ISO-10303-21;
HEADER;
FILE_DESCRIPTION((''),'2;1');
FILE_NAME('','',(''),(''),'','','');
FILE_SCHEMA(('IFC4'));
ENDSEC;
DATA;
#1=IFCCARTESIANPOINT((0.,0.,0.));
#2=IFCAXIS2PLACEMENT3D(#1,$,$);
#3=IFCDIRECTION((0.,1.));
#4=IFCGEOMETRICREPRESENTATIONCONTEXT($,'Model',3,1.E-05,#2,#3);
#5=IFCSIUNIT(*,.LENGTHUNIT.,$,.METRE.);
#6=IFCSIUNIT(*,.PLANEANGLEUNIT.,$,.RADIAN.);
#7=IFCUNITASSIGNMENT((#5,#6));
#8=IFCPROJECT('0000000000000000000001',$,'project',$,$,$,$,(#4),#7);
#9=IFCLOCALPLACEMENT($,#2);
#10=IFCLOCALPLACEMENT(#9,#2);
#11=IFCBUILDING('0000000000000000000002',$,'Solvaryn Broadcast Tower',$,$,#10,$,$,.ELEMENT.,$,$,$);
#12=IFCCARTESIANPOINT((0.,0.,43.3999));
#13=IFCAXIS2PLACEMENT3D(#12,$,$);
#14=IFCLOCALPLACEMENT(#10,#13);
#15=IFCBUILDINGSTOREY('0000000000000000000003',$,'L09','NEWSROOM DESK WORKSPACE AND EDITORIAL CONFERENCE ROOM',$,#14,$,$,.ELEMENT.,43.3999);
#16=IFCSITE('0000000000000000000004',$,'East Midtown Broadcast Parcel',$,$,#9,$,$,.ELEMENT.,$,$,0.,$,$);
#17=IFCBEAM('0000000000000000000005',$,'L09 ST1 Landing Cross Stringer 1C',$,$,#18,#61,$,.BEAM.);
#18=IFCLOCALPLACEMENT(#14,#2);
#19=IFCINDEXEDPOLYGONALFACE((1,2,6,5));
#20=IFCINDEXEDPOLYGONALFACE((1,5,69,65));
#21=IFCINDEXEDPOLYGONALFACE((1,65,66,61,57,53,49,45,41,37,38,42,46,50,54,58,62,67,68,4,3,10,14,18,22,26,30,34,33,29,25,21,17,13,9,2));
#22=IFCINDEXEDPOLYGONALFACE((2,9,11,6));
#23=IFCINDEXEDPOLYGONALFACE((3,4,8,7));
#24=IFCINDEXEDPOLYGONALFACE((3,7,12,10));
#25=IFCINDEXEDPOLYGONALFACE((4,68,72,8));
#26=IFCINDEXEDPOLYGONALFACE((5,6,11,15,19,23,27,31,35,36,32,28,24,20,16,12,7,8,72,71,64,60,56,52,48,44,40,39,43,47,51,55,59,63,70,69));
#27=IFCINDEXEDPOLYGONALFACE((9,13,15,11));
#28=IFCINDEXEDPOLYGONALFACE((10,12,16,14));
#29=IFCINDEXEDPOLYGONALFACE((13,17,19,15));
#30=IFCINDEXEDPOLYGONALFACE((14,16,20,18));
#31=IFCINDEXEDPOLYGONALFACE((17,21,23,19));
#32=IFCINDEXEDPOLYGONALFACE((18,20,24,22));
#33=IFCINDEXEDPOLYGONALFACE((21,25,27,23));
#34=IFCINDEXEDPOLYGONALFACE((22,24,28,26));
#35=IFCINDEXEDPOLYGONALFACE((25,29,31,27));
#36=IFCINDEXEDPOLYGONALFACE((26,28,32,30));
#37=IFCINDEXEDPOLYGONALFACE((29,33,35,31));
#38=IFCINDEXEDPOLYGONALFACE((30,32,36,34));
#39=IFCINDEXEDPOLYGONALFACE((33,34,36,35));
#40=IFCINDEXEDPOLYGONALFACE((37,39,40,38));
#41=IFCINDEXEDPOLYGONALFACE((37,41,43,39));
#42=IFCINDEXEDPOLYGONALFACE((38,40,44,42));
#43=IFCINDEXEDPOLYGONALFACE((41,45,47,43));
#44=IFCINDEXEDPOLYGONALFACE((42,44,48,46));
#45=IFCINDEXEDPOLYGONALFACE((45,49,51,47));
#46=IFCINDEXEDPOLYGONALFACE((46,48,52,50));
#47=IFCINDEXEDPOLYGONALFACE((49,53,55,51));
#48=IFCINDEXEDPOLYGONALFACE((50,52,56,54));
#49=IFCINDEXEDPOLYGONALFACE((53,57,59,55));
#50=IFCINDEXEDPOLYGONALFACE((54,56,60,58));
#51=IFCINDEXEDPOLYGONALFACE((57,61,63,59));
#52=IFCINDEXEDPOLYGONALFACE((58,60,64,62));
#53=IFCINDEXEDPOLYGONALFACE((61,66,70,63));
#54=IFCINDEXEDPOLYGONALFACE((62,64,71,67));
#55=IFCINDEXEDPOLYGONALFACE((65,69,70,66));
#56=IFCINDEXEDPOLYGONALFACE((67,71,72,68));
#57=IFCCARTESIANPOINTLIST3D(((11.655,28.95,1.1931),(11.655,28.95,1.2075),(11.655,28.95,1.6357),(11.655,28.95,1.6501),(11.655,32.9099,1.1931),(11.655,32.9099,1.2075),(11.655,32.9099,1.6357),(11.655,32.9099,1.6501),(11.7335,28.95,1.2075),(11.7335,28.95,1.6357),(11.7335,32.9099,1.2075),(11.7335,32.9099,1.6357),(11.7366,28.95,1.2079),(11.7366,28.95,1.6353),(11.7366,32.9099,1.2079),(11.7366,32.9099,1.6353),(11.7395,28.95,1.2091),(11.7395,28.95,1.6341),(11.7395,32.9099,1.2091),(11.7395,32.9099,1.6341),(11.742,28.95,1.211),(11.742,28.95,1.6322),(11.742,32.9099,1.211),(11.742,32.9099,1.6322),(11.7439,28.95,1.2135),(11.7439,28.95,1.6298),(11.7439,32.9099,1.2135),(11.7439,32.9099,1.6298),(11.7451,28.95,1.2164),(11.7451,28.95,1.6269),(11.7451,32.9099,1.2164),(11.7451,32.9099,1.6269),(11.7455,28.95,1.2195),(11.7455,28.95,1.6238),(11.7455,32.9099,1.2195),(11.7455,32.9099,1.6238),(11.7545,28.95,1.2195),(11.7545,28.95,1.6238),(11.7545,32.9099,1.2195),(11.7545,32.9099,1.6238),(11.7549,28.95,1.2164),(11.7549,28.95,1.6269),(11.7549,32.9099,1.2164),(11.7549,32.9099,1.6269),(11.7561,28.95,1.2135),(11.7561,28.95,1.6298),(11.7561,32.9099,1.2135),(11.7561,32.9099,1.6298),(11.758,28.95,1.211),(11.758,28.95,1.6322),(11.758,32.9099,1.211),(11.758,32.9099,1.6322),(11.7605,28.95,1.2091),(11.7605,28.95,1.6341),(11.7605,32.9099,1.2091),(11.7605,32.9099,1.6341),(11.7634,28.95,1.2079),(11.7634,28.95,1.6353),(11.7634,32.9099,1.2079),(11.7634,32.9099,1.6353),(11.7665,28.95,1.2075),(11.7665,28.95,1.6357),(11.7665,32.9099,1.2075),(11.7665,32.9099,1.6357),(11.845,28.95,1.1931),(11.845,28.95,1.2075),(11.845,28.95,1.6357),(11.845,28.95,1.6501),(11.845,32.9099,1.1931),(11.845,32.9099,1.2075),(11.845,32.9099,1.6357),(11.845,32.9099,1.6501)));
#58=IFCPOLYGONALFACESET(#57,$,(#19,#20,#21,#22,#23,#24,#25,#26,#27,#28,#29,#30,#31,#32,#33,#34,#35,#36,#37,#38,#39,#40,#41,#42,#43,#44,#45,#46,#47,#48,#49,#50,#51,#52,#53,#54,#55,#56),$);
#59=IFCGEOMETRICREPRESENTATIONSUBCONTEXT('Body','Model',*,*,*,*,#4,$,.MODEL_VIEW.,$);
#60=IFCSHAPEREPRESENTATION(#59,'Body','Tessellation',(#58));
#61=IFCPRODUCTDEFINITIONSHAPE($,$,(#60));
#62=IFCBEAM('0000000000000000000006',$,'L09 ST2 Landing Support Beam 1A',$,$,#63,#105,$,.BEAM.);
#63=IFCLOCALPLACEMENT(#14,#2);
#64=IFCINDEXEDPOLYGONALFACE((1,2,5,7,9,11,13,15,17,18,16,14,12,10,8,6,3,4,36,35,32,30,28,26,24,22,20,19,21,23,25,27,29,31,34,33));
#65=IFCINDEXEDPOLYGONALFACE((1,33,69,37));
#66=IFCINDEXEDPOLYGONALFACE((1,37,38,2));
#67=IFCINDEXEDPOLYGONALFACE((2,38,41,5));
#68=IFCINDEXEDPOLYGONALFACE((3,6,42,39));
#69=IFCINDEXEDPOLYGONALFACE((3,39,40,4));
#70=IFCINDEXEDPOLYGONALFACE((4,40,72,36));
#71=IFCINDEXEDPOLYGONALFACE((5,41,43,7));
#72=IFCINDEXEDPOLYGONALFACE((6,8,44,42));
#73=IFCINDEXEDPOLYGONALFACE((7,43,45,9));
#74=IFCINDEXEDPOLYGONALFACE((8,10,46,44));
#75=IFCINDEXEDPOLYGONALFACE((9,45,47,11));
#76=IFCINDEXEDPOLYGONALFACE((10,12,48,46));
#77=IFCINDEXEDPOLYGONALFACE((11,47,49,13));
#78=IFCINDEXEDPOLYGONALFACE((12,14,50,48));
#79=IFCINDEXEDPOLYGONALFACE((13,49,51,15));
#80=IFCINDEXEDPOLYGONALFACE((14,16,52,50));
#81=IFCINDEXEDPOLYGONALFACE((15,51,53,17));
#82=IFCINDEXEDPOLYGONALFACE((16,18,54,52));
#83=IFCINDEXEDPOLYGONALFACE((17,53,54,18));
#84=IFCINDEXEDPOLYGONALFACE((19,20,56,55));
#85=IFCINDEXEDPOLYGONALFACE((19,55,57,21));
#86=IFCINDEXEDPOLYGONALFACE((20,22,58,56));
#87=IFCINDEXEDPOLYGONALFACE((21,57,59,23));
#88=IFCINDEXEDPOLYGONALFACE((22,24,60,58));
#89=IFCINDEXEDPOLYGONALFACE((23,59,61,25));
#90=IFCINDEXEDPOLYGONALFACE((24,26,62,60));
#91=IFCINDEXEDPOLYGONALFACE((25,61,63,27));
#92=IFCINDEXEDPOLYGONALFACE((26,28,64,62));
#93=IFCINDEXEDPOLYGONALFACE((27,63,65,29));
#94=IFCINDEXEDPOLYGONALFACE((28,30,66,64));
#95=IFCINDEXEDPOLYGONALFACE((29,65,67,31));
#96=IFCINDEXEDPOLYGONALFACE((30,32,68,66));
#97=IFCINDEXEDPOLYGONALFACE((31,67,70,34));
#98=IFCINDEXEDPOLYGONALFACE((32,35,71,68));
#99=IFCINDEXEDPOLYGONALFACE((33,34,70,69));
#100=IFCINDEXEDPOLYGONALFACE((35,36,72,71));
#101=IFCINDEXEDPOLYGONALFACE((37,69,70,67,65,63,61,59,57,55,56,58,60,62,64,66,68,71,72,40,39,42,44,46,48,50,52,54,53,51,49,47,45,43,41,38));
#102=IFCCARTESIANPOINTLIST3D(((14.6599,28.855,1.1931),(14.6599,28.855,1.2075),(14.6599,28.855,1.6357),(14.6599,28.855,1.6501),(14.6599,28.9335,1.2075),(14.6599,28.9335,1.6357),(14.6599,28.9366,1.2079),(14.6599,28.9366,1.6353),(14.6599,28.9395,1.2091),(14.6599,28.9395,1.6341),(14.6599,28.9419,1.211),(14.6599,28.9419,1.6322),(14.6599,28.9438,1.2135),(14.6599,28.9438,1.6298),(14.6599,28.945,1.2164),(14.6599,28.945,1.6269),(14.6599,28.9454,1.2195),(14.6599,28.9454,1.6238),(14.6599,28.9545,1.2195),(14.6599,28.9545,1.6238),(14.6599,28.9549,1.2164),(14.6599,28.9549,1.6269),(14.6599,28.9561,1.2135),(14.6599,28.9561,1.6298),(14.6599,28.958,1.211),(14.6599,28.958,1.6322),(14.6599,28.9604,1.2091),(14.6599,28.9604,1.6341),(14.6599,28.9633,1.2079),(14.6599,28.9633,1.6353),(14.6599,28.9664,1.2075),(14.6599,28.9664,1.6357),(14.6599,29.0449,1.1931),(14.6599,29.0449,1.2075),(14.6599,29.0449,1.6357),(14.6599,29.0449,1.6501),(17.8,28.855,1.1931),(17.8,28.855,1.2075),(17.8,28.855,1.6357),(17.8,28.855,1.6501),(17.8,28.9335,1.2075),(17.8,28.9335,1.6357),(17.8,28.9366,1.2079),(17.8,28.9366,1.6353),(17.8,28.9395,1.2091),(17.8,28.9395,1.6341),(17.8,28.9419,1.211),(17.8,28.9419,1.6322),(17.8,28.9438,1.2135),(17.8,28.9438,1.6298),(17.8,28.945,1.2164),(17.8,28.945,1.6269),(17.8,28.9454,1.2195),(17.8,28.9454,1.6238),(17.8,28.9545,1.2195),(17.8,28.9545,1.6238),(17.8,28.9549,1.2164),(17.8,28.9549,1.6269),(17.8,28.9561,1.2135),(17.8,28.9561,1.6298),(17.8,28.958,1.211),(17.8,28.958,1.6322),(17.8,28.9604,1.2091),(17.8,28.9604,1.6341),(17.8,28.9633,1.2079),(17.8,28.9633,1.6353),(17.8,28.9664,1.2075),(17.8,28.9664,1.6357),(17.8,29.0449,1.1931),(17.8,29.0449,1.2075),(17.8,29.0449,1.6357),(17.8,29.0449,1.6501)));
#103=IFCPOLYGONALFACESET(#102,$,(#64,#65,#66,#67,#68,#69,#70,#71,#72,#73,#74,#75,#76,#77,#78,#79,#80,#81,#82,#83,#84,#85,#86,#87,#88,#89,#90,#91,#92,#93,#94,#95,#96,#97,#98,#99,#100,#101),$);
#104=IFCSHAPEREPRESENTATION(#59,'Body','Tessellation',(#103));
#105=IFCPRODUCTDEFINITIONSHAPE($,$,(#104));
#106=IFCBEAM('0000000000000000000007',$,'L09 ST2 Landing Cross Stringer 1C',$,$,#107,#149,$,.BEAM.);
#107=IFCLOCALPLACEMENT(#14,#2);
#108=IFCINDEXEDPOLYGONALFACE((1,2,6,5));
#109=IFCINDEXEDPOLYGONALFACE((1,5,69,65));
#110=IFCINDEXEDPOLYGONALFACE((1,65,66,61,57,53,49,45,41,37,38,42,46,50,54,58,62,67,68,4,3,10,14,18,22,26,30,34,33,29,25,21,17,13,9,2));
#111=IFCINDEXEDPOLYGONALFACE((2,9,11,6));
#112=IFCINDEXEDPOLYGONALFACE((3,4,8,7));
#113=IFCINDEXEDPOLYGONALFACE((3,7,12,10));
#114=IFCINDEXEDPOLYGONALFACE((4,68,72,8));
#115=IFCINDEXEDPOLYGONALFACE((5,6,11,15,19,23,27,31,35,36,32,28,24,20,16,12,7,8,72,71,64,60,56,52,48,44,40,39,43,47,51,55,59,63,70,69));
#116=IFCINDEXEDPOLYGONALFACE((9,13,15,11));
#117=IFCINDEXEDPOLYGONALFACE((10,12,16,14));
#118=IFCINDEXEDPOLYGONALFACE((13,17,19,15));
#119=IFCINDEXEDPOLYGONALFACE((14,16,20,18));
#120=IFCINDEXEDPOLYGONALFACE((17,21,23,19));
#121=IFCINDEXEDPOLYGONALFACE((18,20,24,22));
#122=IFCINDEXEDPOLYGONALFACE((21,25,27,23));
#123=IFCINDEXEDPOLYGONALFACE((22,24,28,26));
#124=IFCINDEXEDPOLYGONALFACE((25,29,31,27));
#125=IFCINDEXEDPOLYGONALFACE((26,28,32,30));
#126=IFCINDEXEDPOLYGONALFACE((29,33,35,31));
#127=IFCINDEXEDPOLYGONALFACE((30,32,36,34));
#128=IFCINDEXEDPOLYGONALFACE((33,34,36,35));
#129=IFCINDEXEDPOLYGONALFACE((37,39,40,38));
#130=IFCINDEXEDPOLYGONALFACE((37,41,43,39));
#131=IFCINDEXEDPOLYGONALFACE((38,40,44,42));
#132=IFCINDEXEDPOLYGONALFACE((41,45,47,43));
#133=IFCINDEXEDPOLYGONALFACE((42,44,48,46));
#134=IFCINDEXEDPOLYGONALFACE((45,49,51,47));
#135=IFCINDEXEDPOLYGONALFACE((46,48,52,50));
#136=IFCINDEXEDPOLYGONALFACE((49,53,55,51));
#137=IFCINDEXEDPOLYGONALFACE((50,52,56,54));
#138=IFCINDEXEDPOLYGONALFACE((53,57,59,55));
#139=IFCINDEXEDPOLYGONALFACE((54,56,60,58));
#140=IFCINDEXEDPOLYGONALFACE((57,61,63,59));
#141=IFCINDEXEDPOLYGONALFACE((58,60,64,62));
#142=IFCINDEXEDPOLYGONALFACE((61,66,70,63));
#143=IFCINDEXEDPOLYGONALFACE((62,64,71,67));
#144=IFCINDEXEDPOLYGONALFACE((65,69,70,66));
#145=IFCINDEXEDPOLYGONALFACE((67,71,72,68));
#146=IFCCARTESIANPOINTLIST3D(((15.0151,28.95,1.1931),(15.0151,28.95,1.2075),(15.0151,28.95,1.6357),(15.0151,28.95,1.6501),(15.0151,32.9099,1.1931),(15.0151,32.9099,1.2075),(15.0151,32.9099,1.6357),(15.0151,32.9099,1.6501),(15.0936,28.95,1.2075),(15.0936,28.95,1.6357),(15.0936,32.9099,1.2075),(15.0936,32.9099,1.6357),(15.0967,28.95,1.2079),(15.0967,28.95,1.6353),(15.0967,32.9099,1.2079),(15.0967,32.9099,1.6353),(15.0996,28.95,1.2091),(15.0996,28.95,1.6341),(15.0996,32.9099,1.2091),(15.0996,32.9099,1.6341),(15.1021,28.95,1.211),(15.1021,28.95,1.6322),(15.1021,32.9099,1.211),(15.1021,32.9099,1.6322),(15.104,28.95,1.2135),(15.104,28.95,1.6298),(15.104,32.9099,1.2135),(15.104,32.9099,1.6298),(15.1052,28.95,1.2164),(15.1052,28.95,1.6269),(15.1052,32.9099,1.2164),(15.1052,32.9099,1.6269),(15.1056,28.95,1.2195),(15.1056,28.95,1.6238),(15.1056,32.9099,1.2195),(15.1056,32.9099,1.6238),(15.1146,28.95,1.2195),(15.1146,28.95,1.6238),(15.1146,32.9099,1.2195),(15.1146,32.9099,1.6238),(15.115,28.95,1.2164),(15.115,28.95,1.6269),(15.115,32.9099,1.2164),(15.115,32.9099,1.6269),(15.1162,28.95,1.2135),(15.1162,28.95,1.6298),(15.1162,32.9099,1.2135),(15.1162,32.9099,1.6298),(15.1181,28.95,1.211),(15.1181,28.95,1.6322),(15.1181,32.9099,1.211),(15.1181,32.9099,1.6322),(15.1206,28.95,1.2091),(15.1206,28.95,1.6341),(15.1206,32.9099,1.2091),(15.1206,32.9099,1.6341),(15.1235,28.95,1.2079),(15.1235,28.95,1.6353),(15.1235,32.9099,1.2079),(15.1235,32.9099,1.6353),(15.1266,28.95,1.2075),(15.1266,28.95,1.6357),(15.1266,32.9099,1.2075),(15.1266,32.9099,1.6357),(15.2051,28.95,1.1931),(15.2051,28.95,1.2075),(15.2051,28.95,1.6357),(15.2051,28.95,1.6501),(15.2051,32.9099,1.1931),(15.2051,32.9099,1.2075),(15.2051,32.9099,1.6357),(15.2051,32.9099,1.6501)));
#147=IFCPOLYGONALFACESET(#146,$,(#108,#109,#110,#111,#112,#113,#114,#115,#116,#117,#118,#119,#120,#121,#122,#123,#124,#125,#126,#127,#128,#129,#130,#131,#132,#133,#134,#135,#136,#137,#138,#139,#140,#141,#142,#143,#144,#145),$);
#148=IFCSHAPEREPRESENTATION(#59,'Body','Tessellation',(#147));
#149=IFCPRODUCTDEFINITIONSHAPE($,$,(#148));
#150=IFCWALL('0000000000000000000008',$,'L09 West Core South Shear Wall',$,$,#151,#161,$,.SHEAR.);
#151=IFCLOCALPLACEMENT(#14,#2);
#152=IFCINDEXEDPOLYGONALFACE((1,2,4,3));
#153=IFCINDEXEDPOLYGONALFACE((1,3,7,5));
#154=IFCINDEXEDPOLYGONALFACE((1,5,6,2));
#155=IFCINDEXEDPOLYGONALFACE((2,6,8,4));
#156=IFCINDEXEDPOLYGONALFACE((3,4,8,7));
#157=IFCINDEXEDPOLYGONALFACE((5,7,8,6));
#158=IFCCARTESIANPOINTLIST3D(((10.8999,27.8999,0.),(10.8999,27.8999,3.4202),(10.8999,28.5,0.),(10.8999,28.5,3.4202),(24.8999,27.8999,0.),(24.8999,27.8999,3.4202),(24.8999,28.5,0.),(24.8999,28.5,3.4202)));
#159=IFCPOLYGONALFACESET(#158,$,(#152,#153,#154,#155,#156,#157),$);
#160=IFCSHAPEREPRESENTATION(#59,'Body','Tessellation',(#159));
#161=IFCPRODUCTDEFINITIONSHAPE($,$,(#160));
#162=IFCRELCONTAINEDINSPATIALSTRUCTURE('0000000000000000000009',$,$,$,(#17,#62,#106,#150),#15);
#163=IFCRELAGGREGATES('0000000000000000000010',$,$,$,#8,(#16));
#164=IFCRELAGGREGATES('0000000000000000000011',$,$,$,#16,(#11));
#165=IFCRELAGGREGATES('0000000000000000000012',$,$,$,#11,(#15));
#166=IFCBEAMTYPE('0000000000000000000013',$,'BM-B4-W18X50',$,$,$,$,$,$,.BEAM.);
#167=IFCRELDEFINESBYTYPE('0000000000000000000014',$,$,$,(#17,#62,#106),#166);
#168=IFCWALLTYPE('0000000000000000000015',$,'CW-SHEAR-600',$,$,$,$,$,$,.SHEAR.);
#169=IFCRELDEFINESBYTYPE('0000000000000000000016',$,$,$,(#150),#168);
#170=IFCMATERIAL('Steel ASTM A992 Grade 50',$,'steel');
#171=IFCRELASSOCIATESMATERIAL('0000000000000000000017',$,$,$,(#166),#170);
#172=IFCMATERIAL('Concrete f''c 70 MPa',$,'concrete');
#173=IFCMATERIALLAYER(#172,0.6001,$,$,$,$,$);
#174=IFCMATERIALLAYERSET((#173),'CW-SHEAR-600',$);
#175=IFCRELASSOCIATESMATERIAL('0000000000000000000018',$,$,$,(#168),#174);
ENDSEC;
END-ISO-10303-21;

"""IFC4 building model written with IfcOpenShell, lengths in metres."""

from ifc_helpers import new_model, si_unit, direction, frame, frame_2d, origin, origin_2d, place, context, subcontext, project, spatial, rectangle, i_section, extrude, material, layer, layer_set, material_profile, profile_set, type_object, element, save


model = new_model("IFC4")

# Units and contexts
model_context = context("Model", 3, precision=1e-05, world=origin(), true_north=direction((0.0, 1.0)))
body_context = subcontext(model_context, "Body", "Model", "MODEL_VIEW")
ifc_project = project(units=[si_unit("LENGTHUNIT", "METRE"), si_unit("PLANEANGLEUNIT", "RADIAN")], contexts=[model_context])

# Site, building, storey
site_placement = place(None, origin())
site = spatial("IfcSite", under=ifc_project, at=site_placement, Name="East Midtown Broadcast Parcel", CompositionType="ELEMENT", RefElevation=0.0)
building_placement = place(site_placement, origin())
building = spatial("IfcBuilding", under=site, at=building_placement, Name="Solvaryn Broadcast Tower", CompositionType="ELEMENT")
storey_placement = place(building_placement, frame((0.0, 0.0, 43.3999)))
storey = spatial("IfcBuildingStorey", under=building, at=storey_placement, Name="L09", Description="NEWSROOM DESK WORKSPACE AND EDITORIAL CONFERENCE ROOM", CompositionType="ELEMENT", Elevation=43.3999)

# Beams
ifc_material_1 = material(Name="Steel ASTM A992 Grade 50", Category="steel")
ifc_material_profile_1 = material_profile(ifc_material_1, i_section(OverallWidth=0.1899, OverallDepth=0.457, WebThickness=0.009, FlangeThickness=0.0144, FilletRadius=0.012, at=origin_2d()))
ifc_profile_set_1 = profile_set([ifc_material_profile_1], Name="Steel ASTM A992 Grade 50")
beam_type_1 = type_object("IfcBeamType", Name="BM-B4-W18X50", PredefinedType="BEAM", material=ifc_profile_set_1)
beam_1_placement = place(storey_placement, frame((11.75, 28.95, 1.4216), z_axis=(0.0, 1.0, 0.0), x_axis=(-1.0, 0.0, 0.0)))
element("IfcBeam", 1, at=beam_1_placement, inside=storey, type_object=beam_type_1, Name="L09 ST1 Landing Cross Stringer 1C", PredefinedType="BEAM", context=body_context, shape_type="SweptSolid", body=[
    extrude(i_section(OverallWidth=0.1899, OverallDepth=0.457, WebThickness=0.009, FlangeThickness=0.0144, FilletRadius=0.012, at=origin_2d()), origin(), (0.0, 0.0, 1.0), 3.96),
])
beam_2_placement = place(storey_placement, frame((14.6599, 28.95, 1.4216), z_axis=(1.0, 0.0, 0.0), x_axis=(0.0, 1.0, 0.0)))
element("IfcBeam", 2, at=beam_2_placement, inside=storey, type_object=beam_type_1, Name="L09 ST2 Landing Support Beam 1A", PredefinedType="BEAM", context=body_context, shape_type="SweptSolid", body=[
    extrude(i_section(OverallWidth=0.1899, OverallDepth=0.457, WebThickness=0.009, FlangeThickness=0.0144, FilletRadius=0.012, at=origin_2d()), origin(), (0.0, 0.0, 1.0), 3.1401),
])
beam_3_placement = place(storey_placement, frame((15.1101, 28.95, 1.4216), z_axis=(0.0, 1.0, 0.0), x_axis=(-1.0, 0.0, 0.0)))
element("IfcBeam", 3, at=beam_3_placement, inside=storey, type_object=beam_type_1, Name="L09 ST2 Landing Cross Stringer 1C", PredefinedType="BEAM", context=body_context, shape_type="SweptSolid", body=[
    extrude(i_section(OverallWidth=0.1899, OverallDepth=0.457, WebThickness=0.009, FlangeThickness=0.0144, FilletRadius=0.012, at=origin_2d()), origin(), (0.0, 0.0, 1.0), 3.96),
])

# Wall
ifc_material_2 = material(Name="Concrete f'c 70 MPa", Category="concrete")
ifc_layer_1 = layer(ifc_material_2, 0.6001)
ifc_layer_set_1 = layer_set([ifc_layer_1], Name="CW-SHEAR-600")
wall_type_1 = type_object("IfcWallType", Name="CW-SHEAR-600", PredefinedType="SHEAR", material=ifc_layer_set_1)
wall_1_placement = place(storey_placement, frame((10.8999, 28.2, 0.0), z_axis=(0.0, 0.0, 1.0), x_axis=(1.0, 0.0, 0.0)))
element("IfcWall", 4, at=wall_1_placement, inside=storey, type_object=wall_type_1, Name="L09 West Core South Shear Wall", PredefinedType="SHEAR", context=body_context, shape_type="SweptSolid", body=[
    extrude(rectangle(XDim=14.0, YDim=0.6001, at=frame_2d((7.0, 0.0))), origin(), (0.0, 0.0, 1.0), 3.4202),
])

save(model, "model.ifc")
